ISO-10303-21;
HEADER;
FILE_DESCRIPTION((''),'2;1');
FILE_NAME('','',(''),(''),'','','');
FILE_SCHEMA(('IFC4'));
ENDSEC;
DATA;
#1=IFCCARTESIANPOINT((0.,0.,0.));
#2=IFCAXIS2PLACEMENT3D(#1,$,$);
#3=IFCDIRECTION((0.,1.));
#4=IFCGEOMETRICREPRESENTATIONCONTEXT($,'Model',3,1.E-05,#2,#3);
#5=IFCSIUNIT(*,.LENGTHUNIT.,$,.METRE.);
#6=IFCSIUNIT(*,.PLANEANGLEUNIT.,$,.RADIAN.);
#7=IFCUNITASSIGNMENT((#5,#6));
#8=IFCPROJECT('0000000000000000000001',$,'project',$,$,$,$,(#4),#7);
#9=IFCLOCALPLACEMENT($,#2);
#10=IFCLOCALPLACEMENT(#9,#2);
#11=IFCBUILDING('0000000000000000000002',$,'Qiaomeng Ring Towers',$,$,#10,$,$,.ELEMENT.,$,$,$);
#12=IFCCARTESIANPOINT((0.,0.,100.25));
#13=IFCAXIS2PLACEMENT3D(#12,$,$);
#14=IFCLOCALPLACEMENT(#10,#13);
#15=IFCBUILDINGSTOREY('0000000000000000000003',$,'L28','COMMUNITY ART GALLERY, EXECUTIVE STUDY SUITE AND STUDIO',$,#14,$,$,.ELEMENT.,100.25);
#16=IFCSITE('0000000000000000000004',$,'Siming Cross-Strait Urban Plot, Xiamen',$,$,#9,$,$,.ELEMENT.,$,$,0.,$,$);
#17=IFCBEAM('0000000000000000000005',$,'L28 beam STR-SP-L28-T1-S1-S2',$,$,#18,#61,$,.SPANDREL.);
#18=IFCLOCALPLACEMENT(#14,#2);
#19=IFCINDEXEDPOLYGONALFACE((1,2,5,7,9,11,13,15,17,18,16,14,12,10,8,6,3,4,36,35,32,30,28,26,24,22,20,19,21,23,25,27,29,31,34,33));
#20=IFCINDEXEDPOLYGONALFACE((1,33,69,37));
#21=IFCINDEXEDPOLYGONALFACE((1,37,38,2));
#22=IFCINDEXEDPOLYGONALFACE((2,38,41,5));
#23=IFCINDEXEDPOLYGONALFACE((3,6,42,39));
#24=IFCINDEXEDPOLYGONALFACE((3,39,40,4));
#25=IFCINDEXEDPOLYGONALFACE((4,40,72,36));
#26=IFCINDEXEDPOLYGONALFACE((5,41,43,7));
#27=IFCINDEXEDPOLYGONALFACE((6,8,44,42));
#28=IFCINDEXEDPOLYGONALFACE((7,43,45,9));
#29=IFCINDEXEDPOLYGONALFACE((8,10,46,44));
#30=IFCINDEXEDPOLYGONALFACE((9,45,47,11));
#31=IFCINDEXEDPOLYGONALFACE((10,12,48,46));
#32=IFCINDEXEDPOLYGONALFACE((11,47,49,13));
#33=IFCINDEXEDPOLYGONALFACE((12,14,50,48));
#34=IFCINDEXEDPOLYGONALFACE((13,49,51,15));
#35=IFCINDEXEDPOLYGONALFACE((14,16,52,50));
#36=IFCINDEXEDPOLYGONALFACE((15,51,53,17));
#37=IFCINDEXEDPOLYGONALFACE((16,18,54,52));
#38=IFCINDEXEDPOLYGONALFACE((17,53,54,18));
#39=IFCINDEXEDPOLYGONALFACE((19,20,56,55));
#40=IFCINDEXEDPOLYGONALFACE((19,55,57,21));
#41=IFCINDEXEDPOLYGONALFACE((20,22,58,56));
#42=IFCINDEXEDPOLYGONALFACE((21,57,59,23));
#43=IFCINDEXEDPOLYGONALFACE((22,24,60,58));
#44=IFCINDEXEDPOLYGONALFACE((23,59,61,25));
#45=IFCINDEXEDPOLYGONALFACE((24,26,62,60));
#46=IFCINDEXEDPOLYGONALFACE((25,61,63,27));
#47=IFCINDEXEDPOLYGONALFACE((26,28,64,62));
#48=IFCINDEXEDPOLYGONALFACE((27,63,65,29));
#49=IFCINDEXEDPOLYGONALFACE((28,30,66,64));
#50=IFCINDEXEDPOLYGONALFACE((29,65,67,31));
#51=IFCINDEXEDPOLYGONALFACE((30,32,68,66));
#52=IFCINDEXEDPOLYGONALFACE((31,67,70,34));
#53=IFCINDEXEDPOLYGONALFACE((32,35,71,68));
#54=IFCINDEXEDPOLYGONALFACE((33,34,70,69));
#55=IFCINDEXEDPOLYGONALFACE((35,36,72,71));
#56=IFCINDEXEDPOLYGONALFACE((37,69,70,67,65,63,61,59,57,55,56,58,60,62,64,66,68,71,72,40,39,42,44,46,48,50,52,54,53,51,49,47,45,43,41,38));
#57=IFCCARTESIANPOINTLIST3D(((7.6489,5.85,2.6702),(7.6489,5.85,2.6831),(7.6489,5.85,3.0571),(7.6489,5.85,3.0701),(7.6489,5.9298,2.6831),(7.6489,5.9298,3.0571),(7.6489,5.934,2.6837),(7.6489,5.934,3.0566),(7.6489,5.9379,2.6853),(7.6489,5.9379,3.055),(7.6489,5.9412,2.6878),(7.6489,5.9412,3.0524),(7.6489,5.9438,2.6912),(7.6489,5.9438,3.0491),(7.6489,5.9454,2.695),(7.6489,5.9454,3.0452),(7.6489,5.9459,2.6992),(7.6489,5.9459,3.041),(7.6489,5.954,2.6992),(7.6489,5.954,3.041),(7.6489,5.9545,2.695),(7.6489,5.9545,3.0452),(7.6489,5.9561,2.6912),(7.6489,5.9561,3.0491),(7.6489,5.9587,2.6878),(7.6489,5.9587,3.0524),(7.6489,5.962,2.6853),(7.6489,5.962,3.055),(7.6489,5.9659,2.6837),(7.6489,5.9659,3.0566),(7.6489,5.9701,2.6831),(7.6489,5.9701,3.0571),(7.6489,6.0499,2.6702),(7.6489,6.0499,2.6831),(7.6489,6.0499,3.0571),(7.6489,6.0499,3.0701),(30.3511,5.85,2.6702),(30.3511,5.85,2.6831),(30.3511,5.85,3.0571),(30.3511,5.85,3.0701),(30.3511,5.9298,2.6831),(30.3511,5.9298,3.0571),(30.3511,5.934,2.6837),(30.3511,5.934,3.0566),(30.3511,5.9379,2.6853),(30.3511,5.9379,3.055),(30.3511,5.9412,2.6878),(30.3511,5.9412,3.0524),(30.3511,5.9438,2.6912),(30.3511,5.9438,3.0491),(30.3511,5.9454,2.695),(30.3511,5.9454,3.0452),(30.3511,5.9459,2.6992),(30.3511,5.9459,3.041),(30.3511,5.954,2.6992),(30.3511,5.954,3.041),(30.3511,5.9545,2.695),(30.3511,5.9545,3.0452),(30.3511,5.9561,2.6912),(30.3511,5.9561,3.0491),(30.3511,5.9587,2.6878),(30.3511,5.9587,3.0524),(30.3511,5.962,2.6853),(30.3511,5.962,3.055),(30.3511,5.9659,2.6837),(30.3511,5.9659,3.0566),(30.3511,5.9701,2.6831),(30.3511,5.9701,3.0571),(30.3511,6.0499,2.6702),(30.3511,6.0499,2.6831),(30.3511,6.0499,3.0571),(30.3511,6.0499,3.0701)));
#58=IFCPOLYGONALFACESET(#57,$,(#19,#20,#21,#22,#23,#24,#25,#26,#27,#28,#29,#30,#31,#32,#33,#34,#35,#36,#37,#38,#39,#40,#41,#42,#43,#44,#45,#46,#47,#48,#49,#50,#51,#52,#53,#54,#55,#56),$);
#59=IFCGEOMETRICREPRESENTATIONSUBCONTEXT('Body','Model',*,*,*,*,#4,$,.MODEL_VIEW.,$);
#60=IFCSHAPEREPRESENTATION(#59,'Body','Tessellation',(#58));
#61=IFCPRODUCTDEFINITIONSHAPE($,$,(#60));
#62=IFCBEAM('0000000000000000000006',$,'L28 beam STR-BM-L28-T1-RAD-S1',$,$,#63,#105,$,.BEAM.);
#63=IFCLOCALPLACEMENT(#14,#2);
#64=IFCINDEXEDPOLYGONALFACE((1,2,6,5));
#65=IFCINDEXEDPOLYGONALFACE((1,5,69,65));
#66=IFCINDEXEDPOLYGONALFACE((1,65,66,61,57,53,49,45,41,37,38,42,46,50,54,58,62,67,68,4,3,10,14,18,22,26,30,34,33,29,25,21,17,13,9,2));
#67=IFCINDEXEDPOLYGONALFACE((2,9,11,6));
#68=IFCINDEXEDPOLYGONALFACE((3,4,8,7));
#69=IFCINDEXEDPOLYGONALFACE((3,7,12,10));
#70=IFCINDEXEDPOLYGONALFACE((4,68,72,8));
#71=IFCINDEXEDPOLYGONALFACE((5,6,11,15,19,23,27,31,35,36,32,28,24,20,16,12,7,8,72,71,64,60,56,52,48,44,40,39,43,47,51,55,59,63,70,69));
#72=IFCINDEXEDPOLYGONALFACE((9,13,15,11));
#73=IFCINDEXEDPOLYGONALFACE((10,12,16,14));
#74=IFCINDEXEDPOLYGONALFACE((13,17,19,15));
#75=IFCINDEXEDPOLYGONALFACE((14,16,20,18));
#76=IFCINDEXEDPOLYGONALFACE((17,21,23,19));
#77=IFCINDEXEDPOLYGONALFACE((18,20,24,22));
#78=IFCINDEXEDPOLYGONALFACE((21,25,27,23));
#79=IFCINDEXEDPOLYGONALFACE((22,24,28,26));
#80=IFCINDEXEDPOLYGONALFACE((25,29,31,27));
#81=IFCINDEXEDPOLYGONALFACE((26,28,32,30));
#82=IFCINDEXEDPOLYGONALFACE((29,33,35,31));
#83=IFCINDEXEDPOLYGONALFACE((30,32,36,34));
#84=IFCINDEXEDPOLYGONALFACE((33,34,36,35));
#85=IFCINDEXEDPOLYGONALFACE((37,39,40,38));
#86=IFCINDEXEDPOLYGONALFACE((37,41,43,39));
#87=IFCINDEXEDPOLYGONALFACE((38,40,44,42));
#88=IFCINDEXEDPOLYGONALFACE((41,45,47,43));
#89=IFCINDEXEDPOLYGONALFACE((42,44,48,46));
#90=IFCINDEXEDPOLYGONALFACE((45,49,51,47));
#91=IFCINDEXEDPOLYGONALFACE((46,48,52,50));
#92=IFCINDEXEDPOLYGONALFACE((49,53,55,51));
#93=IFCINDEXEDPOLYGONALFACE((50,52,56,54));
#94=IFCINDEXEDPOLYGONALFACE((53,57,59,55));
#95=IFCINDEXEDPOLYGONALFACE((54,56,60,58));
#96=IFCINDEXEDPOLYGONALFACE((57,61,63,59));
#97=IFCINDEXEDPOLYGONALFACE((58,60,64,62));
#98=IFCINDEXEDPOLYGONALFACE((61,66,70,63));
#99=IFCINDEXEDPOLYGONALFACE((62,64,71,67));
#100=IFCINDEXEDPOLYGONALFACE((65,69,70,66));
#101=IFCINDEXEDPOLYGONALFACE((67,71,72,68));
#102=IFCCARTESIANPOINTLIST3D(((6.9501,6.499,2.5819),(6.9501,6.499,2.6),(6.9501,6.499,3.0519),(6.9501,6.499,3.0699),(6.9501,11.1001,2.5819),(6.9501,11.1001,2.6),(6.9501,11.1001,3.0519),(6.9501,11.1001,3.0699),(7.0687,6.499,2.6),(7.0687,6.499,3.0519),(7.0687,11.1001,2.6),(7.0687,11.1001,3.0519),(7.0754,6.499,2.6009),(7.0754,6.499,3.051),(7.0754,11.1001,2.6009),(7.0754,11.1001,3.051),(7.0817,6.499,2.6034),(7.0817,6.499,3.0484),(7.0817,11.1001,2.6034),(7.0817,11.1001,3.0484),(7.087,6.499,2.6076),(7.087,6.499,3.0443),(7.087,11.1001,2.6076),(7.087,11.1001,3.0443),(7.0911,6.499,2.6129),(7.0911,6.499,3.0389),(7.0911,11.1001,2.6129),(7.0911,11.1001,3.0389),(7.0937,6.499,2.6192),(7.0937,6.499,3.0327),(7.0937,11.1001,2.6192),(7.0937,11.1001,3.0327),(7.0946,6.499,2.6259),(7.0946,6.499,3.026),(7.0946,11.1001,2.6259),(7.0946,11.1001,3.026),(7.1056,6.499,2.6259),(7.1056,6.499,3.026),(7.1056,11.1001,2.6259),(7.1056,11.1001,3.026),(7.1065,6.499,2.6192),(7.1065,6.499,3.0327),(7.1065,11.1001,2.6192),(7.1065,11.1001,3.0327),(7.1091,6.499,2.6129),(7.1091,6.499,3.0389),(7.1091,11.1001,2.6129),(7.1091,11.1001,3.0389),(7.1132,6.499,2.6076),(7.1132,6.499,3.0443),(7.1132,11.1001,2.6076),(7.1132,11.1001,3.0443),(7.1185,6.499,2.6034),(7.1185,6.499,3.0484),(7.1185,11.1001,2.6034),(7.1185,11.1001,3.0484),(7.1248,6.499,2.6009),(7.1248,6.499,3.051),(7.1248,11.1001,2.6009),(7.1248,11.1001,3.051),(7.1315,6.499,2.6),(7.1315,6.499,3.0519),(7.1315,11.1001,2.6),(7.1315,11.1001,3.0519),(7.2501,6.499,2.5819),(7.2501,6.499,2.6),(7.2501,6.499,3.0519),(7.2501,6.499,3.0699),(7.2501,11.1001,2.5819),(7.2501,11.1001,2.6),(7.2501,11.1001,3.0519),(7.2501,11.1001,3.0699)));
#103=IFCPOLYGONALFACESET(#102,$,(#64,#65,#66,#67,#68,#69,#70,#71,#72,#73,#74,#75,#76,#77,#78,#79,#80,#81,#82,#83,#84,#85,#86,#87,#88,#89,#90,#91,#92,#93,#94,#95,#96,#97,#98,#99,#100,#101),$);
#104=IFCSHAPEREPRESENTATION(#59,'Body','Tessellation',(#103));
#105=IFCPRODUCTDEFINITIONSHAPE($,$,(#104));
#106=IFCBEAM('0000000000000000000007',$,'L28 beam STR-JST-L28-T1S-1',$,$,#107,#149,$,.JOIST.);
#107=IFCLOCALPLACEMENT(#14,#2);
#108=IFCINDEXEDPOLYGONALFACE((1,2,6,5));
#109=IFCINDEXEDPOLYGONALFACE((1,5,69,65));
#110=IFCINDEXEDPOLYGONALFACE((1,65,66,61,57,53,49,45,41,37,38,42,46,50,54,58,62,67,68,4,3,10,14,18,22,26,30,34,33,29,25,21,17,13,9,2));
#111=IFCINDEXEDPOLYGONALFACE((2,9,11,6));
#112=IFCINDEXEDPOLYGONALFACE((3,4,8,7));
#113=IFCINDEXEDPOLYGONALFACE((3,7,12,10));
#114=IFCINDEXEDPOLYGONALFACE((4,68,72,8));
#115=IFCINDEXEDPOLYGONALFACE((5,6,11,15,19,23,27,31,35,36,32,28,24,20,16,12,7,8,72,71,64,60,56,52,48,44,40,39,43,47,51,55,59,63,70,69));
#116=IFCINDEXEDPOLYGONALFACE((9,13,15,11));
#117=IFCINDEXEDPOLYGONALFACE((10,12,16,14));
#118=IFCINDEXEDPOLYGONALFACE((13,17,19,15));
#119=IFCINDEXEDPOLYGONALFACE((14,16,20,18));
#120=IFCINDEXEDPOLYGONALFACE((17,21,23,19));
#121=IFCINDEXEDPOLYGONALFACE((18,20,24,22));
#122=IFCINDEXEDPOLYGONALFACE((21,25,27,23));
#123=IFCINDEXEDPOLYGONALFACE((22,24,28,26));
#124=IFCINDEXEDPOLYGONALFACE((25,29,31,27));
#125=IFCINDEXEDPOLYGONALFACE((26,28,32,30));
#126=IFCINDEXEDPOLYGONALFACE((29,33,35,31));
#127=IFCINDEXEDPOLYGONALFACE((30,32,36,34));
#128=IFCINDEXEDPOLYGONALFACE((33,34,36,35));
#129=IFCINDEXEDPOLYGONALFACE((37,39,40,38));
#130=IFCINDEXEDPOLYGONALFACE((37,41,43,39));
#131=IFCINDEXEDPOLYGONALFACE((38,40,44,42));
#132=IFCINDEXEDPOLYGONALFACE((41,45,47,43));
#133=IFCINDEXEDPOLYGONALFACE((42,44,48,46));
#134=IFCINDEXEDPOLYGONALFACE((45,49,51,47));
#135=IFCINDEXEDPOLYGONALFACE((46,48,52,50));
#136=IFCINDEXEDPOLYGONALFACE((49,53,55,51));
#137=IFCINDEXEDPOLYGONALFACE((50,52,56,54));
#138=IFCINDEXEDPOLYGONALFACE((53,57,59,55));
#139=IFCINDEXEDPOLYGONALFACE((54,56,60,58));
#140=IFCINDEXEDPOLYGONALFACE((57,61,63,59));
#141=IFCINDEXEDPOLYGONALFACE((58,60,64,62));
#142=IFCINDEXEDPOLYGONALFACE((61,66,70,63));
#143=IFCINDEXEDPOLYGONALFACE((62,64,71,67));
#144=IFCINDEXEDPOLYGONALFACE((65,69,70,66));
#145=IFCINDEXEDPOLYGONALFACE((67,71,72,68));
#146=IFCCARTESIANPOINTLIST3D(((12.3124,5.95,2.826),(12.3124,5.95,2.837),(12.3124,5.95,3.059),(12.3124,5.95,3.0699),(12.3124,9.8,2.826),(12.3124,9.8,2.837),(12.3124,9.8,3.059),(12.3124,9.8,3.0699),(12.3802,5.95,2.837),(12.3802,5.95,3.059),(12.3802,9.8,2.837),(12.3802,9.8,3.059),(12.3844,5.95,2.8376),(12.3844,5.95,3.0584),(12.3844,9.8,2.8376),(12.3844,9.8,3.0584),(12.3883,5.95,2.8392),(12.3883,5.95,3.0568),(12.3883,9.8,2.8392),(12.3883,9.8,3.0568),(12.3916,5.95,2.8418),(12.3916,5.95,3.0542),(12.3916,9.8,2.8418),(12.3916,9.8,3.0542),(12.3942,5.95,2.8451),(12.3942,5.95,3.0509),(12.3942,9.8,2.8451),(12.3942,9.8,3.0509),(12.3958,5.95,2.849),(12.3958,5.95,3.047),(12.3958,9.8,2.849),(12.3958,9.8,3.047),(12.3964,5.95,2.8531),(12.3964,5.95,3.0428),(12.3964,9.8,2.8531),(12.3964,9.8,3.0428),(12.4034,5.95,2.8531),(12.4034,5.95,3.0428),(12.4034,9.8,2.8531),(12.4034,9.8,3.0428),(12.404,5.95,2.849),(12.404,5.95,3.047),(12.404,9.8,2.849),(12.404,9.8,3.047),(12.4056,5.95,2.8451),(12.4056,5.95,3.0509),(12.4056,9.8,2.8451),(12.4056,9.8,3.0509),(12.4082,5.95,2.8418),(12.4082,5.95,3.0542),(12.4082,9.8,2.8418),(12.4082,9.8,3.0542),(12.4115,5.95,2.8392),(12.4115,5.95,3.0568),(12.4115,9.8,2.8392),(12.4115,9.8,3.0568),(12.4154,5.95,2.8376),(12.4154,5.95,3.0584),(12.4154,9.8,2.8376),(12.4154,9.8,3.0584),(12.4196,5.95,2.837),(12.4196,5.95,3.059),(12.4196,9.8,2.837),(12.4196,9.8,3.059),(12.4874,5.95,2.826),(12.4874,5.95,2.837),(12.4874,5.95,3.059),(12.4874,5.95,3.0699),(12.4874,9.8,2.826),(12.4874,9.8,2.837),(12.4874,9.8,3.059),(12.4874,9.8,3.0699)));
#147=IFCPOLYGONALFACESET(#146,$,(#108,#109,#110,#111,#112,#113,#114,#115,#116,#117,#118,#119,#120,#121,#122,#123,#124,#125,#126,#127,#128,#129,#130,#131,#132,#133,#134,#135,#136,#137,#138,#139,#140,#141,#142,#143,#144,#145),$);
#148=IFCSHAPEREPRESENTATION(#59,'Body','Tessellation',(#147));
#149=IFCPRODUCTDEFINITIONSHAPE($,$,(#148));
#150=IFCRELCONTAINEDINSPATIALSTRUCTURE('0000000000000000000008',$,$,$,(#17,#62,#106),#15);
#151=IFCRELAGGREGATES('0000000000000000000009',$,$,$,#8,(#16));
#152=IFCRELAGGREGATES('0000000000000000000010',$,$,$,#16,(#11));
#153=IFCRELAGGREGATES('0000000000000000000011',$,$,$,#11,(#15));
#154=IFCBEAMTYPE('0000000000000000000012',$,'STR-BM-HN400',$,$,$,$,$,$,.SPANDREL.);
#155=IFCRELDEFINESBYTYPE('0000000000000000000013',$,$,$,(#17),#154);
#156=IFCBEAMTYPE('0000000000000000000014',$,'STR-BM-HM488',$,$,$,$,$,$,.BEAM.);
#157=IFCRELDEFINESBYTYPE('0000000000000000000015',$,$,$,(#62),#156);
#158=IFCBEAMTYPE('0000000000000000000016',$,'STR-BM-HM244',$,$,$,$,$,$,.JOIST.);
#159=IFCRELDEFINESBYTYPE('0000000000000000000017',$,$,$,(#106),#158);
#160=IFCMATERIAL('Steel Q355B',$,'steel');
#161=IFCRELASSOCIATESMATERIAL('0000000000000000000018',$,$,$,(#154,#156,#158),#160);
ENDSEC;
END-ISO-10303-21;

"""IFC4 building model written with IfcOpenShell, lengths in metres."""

from ifc_helpers import new_model, si_unit, direction, frame, origin, origin_2d, place, context, subcontext, project, spatial, i_section, extrude, source, transform, mapped, material, material_profile, profile_set, type_object, element, save


model = new_model("IFC4")

# Units and contexts
model_context = context("Model", 3, precision=1e-05, world=origin(), true_north=direction((0.0, 1.0)))
body_context = subcontext(model_context, "Body", "Model", "MODEL_VIEW")
ifc_project = project(units=[si_unit("LENGTHUNIT", "METRE"), si_unit("PLANEANGLEUNIT", "RADIAN")], contexts=[model_context])

# Site, building, storey
site_placement = place(None, origin())
site = spatial("IfcSite", under=ifc_project, at=site_placement, Name="Siming Cross-Strait Urban Plot, Xiamen", CompositionType="ELEMENT", RefElevation=0.0)
building_placement = place(site_placement, origin())
building = spatial("IfcBuilding", under=site, at=building_placement, Name="Qiaomeng Ring Towers", CompositionType="ELEMENT")
storey_placement = place(building_placement, frame((0.0, 0.0, 100.25)))
storey = spatial("IfcBuildingStorey", under=building, at=storey_placement, Name="L28", Description="COMMUNITY ART GALLERY, EXECUTIVE STUDY SUITE AND STUDIO", CompositionType="ELEMENT", Elevation=100.25)

# Beams
ifc_material_1 = material(Name="Steel Q355B", Category="steel")
ifc_material_profile_1 = material_profile(ifc_material_1, i_section(OverallWidth=0.2, OverallDepth=0.3999, WebThickness=0.0081, FlangeThickness=0.0129, FilletRadius=0.0161, at=origin_2d()), Name="HN 400x200x8x13")
ifc_profile_set_1 = profile_set([ifc_material_profile_1], Name="Steel Q355B")
beam_type_1 = type_object("IfcBeamType", Name="STR-BM-HN400", PredefinedType="SPANDREL", material=ifc_profile_set_1)
shared_shape_1 = source(origin(), body_context, "Body", "SweptSolid", [
    extrude(i_section(OverallWidth=0.2, OverallDepth=0.3999, WebThickness=0.0081, FlangeThickness=0.0129, FilletRadius=0.0161, at=origin_2d()), origin(), (0.0, 0.0, 1.0), 22.7021),
])
beam_1_placement = place(storey_placement, frame((7.6489, 5.95, 2.8701), z_axis=(1.0, 0.0, 0.0), x_axis=(0.0, 1.0, 0.0)))
element("IfcBeam", 1, at=beam_1_placement, inside=storey, type_object=beam_type_1, Name="L28 beam STR-SP-L28-T1-S1-S2", PredefinedType="SPANDREL", context=body_context, shape_type="MappedRepresentation", body=[
    mapped(shared_shape_1, transform((0.0, 0.0, 0.0), x_axis=(1.0, 0.0, 0.0), y_axis=(0.0, 1.0, 0.0), z_axis=(0.0, 0.0, 1.0), scale=1.0)),
])
ifc_material_profile_2 = material_profile(ifc_material_1, i_section(OverallWidth=0.3, OverallDepth=0.488, WebThickness=0.011, FlangeThickness=0.0181, FilletRadius=0.0259, at=origin_2d()), Name="HM 488x300x11x18")
ifc_profile_set_2 = profile_set([ifc_material_profile_2], Name="Steel Q355B")
beam_type_2 = type_object("IfcBeamType", Name="STR-BM-HM488", PredefinedType="BEAM", material=ifc_profile_set_2)
shared_shape_2 = source(origin(), body_context, "Body", "SweptSolid", [
    extrude(i_section(OverallWidth=0.3, OverallDepth=0.488, WebThickness=0.011, FlangeThickness=0.0181, FilletRadius=0.0259, at=origin_2d()), origin(), (0.0, 0.0, 1.0), 4.6011),
])
beam_2_placement = place(storey_placement, frame((7.1001, 6.499, 2.8259), z_axis=(0.0, 1.0, 0.0), x_axis=(-1.0, 0.0, 0.0)))
element("IfcBeam", 2, at=beam_2_placement, inside=storey, type_object=beam_type_2, Name="L28 beam STR-BM-L28-T1-RAD-S1", PredefinedType="BEAM", context=body_context, shape_type="MappedRepresentation", body=[
    mapped(shared_shape_2, transform((0.0, 0.0, 0.0), x_axis=(1.0, 0.0, 0.0), y_axis=(0.0, 1.0, 0.0), z_axis=(0.0, 0.0, 1.0), scale=1.0)),
])
ifc_material_profile_3 = material_profile(ifc_material_1, i_section(OverallWidth=0.175, OverallDepth=0.2439, WebThickness=0.0071, FlangeThickness=0.011, FilletRadius=0.0161, at=origin_2d()), Name="HM 244x175x7x11")
ifc_profile_set_3 = profile_set([ifc_material_profile_3], Name="Steel Q355B")
beam_type_3 = type_object("IfcBeamType", Name="STR-BM-HM244", PredefinedType="JOIST", material=ifc_profile_set_3)
shared_shape_3 = source(origin(), body_context, "Body", "SweptSolid", [
    extrude(i_section(OverallWidth=0.175, OverallDepth=0.2439, WebThickness=0.0071, FlangeThickness=0.011, FilletRadius=0.0161, at=origin_2d()), origin(), (0.0, 0.0, 1.0), 3.8501),
])
beam_3_placement = place(storey_placement, frame((12.3999, 5.95, 2.948), z_axis=(0.0, 1.0, 0.0), x_axis=(-1.0, 0.0, 0.0)))
element("IfcBeam", 3, at=beam_3_placement, inside=storey, type_object=beam_type_3, Name="L28 beam STR-JST-L28-T1S-1", PredefinedType="JOIST", context=body_context, shape_type="MappedRepresentation", body=[
    mapped(shared_shape_3, transform((0.0, 0.0, 0.0), x_axis=(1.0, 0.0, 0.0), y_axis=(0.0, 1.0, 0.0), z_axis=(0.0, 0.0, 1.0), scale=1.0)),
])

save(model, "model.ifc")
